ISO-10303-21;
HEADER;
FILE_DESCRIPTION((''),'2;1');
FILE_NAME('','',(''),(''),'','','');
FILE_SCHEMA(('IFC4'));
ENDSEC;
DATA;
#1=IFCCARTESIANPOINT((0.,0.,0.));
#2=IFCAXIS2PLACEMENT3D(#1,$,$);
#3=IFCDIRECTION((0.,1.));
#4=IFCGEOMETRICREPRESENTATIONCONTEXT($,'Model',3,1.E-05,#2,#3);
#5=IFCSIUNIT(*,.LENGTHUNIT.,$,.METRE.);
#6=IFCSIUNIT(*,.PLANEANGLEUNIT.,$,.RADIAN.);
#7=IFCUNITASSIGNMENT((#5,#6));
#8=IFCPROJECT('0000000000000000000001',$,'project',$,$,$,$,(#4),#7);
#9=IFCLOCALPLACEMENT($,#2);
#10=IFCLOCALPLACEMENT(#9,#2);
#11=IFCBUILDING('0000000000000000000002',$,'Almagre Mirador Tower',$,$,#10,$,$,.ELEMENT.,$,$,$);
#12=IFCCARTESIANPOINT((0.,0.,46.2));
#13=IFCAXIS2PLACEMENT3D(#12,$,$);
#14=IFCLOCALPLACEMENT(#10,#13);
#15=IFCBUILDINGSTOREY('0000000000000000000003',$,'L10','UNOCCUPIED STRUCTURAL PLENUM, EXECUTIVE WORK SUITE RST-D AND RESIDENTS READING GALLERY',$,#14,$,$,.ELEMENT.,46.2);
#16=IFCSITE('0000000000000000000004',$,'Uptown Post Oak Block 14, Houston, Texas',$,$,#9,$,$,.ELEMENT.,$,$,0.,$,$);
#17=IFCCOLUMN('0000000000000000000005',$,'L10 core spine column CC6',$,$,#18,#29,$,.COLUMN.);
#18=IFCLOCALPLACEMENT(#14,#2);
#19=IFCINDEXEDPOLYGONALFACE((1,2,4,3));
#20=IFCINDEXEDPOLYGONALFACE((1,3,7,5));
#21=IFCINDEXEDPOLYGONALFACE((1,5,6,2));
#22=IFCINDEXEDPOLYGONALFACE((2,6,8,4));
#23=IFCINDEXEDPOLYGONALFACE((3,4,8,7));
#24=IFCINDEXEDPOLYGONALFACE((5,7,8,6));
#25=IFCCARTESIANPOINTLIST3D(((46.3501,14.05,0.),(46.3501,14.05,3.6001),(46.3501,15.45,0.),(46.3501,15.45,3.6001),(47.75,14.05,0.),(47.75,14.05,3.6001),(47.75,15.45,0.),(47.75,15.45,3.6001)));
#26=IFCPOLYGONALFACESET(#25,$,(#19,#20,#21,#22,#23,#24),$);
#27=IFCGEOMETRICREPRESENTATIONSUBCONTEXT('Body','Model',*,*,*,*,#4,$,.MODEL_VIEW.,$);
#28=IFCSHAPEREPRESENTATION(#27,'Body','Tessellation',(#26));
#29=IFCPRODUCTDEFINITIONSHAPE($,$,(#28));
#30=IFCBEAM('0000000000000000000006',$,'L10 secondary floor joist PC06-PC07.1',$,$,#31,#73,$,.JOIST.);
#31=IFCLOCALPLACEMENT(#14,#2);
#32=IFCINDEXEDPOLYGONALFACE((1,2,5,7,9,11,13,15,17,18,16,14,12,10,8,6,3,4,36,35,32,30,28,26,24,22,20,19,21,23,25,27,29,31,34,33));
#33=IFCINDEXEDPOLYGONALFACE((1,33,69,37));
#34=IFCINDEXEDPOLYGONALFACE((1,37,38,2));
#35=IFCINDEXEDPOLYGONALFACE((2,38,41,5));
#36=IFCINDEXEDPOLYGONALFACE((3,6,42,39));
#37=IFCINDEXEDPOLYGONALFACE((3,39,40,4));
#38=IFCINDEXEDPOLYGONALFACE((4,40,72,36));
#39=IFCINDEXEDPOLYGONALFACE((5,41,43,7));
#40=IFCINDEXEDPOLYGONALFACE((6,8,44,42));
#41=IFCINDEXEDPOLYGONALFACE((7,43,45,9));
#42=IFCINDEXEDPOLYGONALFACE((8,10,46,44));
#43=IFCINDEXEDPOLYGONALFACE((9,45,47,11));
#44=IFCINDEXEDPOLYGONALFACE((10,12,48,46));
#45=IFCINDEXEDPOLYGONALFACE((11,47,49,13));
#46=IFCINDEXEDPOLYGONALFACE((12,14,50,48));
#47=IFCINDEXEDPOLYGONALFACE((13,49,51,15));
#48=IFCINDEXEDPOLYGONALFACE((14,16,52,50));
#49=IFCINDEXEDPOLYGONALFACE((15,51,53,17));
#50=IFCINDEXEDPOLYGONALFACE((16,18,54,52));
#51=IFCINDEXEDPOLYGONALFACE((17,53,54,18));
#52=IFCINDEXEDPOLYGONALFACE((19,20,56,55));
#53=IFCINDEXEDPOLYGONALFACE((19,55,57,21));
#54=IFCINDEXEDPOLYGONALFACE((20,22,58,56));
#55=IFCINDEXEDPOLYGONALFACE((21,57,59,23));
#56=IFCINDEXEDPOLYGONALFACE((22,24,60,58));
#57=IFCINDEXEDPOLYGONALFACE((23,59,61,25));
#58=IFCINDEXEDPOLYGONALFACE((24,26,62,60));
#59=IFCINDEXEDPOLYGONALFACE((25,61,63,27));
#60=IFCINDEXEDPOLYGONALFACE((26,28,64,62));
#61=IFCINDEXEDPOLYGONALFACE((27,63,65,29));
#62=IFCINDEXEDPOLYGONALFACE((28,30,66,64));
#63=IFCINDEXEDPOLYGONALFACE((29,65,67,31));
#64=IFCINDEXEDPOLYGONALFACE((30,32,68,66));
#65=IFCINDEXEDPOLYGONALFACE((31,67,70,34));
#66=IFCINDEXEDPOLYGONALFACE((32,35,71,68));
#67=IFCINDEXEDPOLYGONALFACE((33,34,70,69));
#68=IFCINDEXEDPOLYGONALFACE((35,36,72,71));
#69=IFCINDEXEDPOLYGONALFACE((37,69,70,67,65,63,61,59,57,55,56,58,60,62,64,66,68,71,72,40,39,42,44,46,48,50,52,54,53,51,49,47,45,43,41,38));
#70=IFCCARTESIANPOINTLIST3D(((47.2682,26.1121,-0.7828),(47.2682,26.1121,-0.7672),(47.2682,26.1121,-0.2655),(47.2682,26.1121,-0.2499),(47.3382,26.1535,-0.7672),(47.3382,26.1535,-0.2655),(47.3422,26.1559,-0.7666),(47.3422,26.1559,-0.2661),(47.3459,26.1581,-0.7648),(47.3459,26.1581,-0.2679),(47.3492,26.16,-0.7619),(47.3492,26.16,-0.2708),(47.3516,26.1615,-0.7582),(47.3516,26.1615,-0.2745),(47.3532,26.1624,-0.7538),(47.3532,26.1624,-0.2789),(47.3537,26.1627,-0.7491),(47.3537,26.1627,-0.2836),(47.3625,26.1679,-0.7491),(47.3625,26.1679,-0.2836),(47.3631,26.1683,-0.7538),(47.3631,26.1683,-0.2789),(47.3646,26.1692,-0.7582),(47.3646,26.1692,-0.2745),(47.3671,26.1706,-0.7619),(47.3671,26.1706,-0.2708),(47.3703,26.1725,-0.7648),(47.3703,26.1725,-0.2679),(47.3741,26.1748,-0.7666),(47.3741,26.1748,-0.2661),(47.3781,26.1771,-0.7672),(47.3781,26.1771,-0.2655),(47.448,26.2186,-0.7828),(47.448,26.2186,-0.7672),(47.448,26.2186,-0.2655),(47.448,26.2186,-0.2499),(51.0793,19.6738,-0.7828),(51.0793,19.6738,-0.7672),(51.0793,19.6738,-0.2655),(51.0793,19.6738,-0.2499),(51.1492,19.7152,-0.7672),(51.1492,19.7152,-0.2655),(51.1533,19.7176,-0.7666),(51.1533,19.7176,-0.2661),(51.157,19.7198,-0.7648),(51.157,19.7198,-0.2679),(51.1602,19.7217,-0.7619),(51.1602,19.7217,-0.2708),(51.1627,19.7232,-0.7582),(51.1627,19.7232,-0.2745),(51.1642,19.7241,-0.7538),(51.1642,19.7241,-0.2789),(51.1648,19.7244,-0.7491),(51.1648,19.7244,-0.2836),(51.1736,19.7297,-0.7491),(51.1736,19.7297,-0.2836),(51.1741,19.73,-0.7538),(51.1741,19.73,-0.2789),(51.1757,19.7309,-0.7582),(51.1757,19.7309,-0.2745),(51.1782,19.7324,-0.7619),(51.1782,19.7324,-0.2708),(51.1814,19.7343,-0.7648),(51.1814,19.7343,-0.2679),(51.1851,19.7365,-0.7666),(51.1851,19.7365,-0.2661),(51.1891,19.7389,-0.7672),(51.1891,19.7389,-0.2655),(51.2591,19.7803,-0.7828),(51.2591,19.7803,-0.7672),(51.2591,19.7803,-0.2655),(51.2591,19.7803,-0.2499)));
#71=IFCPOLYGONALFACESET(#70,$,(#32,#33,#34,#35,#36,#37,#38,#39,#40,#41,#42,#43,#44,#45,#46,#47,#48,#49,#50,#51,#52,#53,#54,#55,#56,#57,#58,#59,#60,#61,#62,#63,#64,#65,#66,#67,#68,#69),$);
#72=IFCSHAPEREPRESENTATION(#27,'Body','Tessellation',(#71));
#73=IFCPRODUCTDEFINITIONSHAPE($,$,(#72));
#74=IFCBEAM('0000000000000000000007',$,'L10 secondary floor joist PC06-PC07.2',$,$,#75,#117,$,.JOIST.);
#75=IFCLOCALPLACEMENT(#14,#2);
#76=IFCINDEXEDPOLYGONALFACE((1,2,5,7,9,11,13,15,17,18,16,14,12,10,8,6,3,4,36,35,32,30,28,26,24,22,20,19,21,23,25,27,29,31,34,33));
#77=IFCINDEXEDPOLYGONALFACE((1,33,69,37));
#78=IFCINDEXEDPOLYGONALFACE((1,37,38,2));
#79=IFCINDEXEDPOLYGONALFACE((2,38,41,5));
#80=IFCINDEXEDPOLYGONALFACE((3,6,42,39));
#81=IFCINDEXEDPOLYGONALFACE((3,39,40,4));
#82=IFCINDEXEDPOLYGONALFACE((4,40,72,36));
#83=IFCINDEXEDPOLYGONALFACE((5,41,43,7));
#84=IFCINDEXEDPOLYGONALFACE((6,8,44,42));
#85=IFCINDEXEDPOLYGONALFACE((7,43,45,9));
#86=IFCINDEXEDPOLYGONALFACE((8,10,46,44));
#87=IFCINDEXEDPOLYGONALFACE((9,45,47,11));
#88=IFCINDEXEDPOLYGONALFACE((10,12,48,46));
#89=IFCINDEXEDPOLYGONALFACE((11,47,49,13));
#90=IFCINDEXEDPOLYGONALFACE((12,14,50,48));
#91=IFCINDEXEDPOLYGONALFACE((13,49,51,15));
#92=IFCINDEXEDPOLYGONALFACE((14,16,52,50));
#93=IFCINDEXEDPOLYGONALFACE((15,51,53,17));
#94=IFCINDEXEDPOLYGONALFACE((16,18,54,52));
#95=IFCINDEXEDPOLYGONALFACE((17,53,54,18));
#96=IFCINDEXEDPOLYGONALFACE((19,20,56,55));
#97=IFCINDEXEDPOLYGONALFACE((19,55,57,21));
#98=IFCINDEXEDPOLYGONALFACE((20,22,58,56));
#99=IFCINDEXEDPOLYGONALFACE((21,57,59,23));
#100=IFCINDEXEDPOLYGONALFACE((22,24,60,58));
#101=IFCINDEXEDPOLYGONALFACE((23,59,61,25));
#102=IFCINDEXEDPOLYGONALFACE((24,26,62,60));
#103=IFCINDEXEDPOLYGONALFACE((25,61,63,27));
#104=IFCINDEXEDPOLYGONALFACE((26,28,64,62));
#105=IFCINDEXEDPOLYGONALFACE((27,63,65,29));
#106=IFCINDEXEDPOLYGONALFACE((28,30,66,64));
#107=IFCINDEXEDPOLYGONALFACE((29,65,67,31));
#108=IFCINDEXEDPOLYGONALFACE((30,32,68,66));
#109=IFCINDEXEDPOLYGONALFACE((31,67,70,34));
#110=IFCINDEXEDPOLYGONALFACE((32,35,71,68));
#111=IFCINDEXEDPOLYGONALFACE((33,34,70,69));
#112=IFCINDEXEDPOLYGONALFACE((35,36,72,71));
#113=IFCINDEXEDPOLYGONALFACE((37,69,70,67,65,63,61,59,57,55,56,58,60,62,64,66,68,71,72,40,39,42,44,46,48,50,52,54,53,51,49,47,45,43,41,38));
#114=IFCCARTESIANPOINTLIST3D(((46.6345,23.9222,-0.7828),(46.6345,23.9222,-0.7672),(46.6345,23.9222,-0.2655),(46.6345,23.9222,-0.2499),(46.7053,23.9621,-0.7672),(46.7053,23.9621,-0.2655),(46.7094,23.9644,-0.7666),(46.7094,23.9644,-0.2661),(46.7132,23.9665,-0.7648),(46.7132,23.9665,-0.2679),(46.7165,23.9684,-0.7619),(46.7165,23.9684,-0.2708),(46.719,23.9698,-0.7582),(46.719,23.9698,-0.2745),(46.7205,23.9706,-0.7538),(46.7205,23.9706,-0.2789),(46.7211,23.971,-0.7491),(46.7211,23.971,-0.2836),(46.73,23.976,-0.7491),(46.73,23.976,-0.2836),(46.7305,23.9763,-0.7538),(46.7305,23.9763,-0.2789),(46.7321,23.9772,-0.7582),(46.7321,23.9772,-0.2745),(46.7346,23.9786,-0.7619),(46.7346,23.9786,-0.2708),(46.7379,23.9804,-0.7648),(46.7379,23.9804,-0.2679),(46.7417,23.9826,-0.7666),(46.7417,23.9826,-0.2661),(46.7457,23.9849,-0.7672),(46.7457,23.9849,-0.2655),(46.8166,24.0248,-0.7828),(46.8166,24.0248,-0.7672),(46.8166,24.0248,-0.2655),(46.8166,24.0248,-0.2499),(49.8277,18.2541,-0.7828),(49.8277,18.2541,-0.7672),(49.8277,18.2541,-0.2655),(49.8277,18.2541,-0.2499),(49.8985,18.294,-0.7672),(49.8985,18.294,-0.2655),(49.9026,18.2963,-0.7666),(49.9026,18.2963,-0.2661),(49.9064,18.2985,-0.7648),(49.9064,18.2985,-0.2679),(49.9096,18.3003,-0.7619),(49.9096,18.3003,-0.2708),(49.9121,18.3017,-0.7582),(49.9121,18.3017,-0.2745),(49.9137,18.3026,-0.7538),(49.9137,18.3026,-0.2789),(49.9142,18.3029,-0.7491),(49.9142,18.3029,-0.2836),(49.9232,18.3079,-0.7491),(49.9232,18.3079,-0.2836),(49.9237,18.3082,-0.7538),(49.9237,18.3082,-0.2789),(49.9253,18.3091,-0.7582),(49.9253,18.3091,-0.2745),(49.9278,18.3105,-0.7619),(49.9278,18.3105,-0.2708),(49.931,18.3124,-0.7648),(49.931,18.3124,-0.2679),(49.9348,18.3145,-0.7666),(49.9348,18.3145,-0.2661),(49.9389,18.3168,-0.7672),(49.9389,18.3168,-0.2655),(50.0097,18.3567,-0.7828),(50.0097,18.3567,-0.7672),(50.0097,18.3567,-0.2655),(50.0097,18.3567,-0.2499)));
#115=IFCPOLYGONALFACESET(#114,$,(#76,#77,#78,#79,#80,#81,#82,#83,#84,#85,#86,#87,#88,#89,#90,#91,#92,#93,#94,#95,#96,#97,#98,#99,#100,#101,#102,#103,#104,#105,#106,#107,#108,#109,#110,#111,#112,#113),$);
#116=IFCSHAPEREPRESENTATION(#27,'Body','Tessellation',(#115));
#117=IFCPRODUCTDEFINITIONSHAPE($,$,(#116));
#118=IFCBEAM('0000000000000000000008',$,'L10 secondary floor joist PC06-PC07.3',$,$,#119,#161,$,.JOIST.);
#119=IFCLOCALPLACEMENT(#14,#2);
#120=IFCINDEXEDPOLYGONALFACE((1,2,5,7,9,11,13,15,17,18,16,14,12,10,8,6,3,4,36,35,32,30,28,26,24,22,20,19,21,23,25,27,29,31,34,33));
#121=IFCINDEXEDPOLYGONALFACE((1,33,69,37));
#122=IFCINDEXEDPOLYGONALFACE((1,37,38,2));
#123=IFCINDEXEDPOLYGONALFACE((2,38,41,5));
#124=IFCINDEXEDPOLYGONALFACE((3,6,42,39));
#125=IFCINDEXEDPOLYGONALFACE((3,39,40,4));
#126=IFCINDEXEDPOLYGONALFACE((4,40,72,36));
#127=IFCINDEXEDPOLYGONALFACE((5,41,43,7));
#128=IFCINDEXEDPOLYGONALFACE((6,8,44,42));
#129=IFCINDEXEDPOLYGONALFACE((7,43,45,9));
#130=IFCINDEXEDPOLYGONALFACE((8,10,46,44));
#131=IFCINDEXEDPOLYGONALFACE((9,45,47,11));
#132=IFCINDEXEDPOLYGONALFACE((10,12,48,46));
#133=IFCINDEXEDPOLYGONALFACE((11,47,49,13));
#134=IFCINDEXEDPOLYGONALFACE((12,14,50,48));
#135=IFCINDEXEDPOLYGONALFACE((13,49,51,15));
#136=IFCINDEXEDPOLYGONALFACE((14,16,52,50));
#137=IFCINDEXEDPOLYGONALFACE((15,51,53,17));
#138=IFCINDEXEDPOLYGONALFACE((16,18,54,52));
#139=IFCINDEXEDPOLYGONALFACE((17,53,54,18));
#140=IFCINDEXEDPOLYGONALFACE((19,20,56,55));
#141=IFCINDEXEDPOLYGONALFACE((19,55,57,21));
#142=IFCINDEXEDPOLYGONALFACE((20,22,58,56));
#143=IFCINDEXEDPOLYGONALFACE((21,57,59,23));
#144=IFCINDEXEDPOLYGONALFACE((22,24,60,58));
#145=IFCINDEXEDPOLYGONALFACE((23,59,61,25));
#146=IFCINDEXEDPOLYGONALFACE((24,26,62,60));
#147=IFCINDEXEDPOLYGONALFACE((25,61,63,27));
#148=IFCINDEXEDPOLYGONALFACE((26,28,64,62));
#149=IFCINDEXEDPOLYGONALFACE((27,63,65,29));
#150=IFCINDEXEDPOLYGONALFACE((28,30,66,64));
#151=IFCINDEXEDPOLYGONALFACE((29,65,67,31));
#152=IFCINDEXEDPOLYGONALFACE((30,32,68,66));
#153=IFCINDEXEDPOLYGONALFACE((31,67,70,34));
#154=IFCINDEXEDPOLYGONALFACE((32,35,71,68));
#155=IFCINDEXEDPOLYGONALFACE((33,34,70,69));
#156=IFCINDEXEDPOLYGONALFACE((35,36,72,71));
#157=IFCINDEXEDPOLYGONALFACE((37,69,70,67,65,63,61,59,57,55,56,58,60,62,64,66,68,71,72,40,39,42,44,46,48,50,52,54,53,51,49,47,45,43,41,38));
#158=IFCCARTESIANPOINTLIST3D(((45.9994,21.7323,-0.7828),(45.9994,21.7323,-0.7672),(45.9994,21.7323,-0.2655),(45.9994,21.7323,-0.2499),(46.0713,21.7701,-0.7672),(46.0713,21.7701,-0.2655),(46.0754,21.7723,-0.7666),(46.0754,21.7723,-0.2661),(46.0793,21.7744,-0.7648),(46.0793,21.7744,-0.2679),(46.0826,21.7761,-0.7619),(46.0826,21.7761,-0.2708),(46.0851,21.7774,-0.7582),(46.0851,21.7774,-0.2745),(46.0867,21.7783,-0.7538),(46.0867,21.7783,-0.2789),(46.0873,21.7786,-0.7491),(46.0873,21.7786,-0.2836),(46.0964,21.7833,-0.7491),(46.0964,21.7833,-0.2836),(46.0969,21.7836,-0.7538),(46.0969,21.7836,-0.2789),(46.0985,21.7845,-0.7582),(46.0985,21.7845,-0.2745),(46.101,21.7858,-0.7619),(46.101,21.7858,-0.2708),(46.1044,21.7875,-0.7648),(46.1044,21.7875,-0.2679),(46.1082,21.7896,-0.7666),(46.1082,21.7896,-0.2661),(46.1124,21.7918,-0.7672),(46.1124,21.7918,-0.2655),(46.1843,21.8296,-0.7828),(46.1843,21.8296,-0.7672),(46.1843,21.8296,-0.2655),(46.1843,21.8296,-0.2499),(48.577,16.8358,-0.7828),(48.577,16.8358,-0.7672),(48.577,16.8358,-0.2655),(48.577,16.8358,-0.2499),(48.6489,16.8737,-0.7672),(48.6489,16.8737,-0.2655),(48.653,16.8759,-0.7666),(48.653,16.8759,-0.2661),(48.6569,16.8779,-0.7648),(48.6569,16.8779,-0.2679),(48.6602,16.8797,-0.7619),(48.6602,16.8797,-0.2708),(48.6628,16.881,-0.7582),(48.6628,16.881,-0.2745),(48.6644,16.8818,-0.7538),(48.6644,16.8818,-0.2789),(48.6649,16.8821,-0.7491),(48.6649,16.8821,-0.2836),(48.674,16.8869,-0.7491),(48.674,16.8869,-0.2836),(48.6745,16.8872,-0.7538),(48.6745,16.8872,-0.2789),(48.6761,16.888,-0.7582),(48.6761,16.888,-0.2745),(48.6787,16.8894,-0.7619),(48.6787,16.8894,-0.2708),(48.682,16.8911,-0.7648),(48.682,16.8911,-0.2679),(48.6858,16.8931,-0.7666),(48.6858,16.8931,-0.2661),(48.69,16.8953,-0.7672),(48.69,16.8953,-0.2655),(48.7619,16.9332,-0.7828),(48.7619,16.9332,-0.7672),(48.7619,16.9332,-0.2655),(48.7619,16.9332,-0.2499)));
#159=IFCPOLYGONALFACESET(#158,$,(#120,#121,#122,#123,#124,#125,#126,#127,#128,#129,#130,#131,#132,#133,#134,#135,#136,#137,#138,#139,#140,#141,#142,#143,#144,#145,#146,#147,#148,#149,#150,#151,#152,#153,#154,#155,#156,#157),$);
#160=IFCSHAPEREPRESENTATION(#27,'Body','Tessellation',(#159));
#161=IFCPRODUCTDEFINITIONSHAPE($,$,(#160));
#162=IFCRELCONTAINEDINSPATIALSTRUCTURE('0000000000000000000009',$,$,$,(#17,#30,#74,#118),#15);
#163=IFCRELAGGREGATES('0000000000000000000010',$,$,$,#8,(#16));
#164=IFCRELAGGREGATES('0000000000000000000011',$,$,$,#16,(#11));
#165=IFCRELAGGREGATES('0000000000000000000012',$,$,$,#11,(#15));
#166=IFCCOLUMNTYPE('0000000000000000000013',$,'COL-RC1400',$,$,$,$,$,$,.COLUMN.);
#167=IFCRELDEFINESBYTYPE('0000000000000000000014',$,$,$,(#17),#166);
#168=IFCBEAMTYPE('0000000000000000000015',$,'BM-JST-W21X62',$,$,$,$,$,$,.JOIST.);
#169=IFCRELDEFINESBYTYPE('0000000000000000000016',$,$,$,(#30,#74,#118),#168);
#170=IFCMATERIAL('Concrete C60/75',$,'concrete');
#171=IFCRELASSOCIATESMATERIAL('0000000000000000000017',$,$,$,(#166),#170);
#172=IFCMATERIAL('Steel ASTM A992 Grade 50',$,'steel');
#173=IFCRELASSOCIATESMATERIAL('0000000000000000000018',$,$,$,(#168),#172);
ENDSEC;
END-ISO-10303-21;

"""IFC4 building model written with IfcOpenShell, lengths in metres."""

from ifc_helpers import new_model, si_unit, direction, frame, origin, origin_2d, place, context, subcontext, project, spatial, rectangle, i_section, extrude, material, material_profile, profile_set, type_object, element, save


model = new_model("IFC4")

# Units and contexts
model_context = context("Model", 3, precision=1e-05, world=origin(), true_north=direction((0.0, 1.0)))
body_context = subcontext(model_context, "Body", "Model", "MODEL_VIEW")
ifc_project = project(units=[si_unit("LENGTHUNIT", "METRE"), si_unit("PLANEANGLEUNIT", "RADIAN")], contexts=[model_context])

# Site, building, storey
site_placement = place(None, origin())
site = spatial("IfcSite", under=ifc_project, at=site_placement, Name="Uptown Post Oak Block 14, Houston, Texas", CompositionType="ELEMENT", RefElevation=0.0)
building_placement = place(site_placement, origin())
building = spatial("IfcBuilding", under=site, at=building_placement, Name="Almagre Mirador Tower", CompositionType="ELEMENT")
storey_placement = place(building_placement, frame((0.0, 0.0, 46.2)))
storey = spatial("IfcBuildingStorey", under=building, at=storey_placement, Name="L10", Description="UNOCCUPIED STRUCTURAL PLENUM, EXECUTIVE WORK SUITE RST-D AND RESIDENTS READING GALLERY", CompositionType="ELEMENT", Elevation=46.2)

# Column
ifc_material_1 = material(Name="Concrete C60/75", Category="concrete")
ifc_material_profile_1 = material_profile(ifc_material_1, rectangle(XDim=1.3999, YDim=1.3999, at=origin_2d()), Name="RC1400X1400")
ifc_profile_set_1 = profile_set([ifc_material_profile_1], Name="Concrete C60/75")
column_type = type_object("IfcColumnType", Name="COL-RC1400", PredefinedType="COLUMN", material=ifc_profile_set_1)
column_placement = place(storey_placement, frame((47.05, 14.75, 0.0), z_axis=(0.0, 0.0, 1.0), x_axis=(1.0, 0.0, 0.0)))
element("IfcColumn", 1, at=column_placement, inside=storey, type_object=column_type, Name="L10 core spine column CC6", PredefinedType="COLUMN", context=body_context, shape_type="SweptSolid", body=[
    extrude(rectangle(XDim=1.3999, YDim=1.3999, at=origin_2d()), origin(), (0.0, 0.0, 1.0), 3.6001),
])

# Beams
ifc_material_2 = material(Name="Steel ASTM A992 Grade 50", Category="steel")
ifc_material_profile_2 = material_profile(ifc_material_2, i_section(OverallWidth=0.209, OverallDepth=0.533, WebThickness=0.0103, FlangeThickness=0.0156, FilletRadius=0.0181, at=origin_2d()), Name="W21X62")
ifc_profile_set_2 = profile_set([ifc_material_profile_2], Name="Steel ASTM A992 Grade 50")
beam_type_1 = type_object("IfcBeamType", Name="BM-JST-W21X62", PredefinedType="JOIST", material=ifc_profile_set_2)
beam_1_placement = place(storey_placement, frame((51.1692, 19.7271, -0.5164), z_axis=(-0.509386, 0.860538, 0.0), x_axis=(-0.860538, -0.509386, 0.0)))
element("IfcBeam", 2, at=beam_1_placement, inside=storey, type_object=beam_type_1, Name="L10 secondary floor joist PC06-PC07.1", PredefinedType="JOIST", context=body_context, shape_type="SweptSolid", body=[
    extrude(i_section(OverallWidth=0.209, OverallDepth=0.533, WebThickness=0.0103, FlangeThickness=0.0156, FilletRadius=0.0181, at=origin_2d()), origin(), (0.0, 0.0, 1.0), 7.4817),
])
beam_2_placement = place(storey_placement, frame((49.9187, 18.3054, -0.5164), z_axis=(-0.490831, 0.871255, 0.0), x_axis=(-0.871255, -0.490831, 0.0)))
element("IfcBeam", 3, at=beam_2_placement, inside=storey, type_object=beam_type_1, Name="L10 secondary floor joist PC06-PC07.2", PredefinedType="JOIST", context=body_context, shape_type="SweptSolid", body=[
    extrude(i_section(OverallWidth=0.209, OverallDepth=0.533, WebThickness=0.0103, FlangeThickness=0.0156, FilletRadius=0.0181, at=origin_2d()), origin(), (0.0, 0.0, 1.0), 6.5056),
])
beam_3_placement = place(storey_placement, frame((48.6694, 16.8845, -0.5164), z_axis=(-0.465823, 0.884878, 0.0), x_axis=(-0.884878, -0.465823, 0.0)))
element("IfcBeam", 4, at=beam_3_placement, inside=storey, type_object=beam_type_1, Name="L10 secondary floor joist PC06-PC07.3", PredefinedType="JOIST", context=body_context, shape_type="SweptSolid", body=[
    extrude(i_section(OverallWidth=0.209, OverallDepth=0.533, WebThickness=0.0103, FlangeThickness=0.0156, FilletRadius=0.0181, at=origin_2d()), origin(), (0.0, 0.0, 1.0), 5.5334),
])

save(model, "model.ifc")
